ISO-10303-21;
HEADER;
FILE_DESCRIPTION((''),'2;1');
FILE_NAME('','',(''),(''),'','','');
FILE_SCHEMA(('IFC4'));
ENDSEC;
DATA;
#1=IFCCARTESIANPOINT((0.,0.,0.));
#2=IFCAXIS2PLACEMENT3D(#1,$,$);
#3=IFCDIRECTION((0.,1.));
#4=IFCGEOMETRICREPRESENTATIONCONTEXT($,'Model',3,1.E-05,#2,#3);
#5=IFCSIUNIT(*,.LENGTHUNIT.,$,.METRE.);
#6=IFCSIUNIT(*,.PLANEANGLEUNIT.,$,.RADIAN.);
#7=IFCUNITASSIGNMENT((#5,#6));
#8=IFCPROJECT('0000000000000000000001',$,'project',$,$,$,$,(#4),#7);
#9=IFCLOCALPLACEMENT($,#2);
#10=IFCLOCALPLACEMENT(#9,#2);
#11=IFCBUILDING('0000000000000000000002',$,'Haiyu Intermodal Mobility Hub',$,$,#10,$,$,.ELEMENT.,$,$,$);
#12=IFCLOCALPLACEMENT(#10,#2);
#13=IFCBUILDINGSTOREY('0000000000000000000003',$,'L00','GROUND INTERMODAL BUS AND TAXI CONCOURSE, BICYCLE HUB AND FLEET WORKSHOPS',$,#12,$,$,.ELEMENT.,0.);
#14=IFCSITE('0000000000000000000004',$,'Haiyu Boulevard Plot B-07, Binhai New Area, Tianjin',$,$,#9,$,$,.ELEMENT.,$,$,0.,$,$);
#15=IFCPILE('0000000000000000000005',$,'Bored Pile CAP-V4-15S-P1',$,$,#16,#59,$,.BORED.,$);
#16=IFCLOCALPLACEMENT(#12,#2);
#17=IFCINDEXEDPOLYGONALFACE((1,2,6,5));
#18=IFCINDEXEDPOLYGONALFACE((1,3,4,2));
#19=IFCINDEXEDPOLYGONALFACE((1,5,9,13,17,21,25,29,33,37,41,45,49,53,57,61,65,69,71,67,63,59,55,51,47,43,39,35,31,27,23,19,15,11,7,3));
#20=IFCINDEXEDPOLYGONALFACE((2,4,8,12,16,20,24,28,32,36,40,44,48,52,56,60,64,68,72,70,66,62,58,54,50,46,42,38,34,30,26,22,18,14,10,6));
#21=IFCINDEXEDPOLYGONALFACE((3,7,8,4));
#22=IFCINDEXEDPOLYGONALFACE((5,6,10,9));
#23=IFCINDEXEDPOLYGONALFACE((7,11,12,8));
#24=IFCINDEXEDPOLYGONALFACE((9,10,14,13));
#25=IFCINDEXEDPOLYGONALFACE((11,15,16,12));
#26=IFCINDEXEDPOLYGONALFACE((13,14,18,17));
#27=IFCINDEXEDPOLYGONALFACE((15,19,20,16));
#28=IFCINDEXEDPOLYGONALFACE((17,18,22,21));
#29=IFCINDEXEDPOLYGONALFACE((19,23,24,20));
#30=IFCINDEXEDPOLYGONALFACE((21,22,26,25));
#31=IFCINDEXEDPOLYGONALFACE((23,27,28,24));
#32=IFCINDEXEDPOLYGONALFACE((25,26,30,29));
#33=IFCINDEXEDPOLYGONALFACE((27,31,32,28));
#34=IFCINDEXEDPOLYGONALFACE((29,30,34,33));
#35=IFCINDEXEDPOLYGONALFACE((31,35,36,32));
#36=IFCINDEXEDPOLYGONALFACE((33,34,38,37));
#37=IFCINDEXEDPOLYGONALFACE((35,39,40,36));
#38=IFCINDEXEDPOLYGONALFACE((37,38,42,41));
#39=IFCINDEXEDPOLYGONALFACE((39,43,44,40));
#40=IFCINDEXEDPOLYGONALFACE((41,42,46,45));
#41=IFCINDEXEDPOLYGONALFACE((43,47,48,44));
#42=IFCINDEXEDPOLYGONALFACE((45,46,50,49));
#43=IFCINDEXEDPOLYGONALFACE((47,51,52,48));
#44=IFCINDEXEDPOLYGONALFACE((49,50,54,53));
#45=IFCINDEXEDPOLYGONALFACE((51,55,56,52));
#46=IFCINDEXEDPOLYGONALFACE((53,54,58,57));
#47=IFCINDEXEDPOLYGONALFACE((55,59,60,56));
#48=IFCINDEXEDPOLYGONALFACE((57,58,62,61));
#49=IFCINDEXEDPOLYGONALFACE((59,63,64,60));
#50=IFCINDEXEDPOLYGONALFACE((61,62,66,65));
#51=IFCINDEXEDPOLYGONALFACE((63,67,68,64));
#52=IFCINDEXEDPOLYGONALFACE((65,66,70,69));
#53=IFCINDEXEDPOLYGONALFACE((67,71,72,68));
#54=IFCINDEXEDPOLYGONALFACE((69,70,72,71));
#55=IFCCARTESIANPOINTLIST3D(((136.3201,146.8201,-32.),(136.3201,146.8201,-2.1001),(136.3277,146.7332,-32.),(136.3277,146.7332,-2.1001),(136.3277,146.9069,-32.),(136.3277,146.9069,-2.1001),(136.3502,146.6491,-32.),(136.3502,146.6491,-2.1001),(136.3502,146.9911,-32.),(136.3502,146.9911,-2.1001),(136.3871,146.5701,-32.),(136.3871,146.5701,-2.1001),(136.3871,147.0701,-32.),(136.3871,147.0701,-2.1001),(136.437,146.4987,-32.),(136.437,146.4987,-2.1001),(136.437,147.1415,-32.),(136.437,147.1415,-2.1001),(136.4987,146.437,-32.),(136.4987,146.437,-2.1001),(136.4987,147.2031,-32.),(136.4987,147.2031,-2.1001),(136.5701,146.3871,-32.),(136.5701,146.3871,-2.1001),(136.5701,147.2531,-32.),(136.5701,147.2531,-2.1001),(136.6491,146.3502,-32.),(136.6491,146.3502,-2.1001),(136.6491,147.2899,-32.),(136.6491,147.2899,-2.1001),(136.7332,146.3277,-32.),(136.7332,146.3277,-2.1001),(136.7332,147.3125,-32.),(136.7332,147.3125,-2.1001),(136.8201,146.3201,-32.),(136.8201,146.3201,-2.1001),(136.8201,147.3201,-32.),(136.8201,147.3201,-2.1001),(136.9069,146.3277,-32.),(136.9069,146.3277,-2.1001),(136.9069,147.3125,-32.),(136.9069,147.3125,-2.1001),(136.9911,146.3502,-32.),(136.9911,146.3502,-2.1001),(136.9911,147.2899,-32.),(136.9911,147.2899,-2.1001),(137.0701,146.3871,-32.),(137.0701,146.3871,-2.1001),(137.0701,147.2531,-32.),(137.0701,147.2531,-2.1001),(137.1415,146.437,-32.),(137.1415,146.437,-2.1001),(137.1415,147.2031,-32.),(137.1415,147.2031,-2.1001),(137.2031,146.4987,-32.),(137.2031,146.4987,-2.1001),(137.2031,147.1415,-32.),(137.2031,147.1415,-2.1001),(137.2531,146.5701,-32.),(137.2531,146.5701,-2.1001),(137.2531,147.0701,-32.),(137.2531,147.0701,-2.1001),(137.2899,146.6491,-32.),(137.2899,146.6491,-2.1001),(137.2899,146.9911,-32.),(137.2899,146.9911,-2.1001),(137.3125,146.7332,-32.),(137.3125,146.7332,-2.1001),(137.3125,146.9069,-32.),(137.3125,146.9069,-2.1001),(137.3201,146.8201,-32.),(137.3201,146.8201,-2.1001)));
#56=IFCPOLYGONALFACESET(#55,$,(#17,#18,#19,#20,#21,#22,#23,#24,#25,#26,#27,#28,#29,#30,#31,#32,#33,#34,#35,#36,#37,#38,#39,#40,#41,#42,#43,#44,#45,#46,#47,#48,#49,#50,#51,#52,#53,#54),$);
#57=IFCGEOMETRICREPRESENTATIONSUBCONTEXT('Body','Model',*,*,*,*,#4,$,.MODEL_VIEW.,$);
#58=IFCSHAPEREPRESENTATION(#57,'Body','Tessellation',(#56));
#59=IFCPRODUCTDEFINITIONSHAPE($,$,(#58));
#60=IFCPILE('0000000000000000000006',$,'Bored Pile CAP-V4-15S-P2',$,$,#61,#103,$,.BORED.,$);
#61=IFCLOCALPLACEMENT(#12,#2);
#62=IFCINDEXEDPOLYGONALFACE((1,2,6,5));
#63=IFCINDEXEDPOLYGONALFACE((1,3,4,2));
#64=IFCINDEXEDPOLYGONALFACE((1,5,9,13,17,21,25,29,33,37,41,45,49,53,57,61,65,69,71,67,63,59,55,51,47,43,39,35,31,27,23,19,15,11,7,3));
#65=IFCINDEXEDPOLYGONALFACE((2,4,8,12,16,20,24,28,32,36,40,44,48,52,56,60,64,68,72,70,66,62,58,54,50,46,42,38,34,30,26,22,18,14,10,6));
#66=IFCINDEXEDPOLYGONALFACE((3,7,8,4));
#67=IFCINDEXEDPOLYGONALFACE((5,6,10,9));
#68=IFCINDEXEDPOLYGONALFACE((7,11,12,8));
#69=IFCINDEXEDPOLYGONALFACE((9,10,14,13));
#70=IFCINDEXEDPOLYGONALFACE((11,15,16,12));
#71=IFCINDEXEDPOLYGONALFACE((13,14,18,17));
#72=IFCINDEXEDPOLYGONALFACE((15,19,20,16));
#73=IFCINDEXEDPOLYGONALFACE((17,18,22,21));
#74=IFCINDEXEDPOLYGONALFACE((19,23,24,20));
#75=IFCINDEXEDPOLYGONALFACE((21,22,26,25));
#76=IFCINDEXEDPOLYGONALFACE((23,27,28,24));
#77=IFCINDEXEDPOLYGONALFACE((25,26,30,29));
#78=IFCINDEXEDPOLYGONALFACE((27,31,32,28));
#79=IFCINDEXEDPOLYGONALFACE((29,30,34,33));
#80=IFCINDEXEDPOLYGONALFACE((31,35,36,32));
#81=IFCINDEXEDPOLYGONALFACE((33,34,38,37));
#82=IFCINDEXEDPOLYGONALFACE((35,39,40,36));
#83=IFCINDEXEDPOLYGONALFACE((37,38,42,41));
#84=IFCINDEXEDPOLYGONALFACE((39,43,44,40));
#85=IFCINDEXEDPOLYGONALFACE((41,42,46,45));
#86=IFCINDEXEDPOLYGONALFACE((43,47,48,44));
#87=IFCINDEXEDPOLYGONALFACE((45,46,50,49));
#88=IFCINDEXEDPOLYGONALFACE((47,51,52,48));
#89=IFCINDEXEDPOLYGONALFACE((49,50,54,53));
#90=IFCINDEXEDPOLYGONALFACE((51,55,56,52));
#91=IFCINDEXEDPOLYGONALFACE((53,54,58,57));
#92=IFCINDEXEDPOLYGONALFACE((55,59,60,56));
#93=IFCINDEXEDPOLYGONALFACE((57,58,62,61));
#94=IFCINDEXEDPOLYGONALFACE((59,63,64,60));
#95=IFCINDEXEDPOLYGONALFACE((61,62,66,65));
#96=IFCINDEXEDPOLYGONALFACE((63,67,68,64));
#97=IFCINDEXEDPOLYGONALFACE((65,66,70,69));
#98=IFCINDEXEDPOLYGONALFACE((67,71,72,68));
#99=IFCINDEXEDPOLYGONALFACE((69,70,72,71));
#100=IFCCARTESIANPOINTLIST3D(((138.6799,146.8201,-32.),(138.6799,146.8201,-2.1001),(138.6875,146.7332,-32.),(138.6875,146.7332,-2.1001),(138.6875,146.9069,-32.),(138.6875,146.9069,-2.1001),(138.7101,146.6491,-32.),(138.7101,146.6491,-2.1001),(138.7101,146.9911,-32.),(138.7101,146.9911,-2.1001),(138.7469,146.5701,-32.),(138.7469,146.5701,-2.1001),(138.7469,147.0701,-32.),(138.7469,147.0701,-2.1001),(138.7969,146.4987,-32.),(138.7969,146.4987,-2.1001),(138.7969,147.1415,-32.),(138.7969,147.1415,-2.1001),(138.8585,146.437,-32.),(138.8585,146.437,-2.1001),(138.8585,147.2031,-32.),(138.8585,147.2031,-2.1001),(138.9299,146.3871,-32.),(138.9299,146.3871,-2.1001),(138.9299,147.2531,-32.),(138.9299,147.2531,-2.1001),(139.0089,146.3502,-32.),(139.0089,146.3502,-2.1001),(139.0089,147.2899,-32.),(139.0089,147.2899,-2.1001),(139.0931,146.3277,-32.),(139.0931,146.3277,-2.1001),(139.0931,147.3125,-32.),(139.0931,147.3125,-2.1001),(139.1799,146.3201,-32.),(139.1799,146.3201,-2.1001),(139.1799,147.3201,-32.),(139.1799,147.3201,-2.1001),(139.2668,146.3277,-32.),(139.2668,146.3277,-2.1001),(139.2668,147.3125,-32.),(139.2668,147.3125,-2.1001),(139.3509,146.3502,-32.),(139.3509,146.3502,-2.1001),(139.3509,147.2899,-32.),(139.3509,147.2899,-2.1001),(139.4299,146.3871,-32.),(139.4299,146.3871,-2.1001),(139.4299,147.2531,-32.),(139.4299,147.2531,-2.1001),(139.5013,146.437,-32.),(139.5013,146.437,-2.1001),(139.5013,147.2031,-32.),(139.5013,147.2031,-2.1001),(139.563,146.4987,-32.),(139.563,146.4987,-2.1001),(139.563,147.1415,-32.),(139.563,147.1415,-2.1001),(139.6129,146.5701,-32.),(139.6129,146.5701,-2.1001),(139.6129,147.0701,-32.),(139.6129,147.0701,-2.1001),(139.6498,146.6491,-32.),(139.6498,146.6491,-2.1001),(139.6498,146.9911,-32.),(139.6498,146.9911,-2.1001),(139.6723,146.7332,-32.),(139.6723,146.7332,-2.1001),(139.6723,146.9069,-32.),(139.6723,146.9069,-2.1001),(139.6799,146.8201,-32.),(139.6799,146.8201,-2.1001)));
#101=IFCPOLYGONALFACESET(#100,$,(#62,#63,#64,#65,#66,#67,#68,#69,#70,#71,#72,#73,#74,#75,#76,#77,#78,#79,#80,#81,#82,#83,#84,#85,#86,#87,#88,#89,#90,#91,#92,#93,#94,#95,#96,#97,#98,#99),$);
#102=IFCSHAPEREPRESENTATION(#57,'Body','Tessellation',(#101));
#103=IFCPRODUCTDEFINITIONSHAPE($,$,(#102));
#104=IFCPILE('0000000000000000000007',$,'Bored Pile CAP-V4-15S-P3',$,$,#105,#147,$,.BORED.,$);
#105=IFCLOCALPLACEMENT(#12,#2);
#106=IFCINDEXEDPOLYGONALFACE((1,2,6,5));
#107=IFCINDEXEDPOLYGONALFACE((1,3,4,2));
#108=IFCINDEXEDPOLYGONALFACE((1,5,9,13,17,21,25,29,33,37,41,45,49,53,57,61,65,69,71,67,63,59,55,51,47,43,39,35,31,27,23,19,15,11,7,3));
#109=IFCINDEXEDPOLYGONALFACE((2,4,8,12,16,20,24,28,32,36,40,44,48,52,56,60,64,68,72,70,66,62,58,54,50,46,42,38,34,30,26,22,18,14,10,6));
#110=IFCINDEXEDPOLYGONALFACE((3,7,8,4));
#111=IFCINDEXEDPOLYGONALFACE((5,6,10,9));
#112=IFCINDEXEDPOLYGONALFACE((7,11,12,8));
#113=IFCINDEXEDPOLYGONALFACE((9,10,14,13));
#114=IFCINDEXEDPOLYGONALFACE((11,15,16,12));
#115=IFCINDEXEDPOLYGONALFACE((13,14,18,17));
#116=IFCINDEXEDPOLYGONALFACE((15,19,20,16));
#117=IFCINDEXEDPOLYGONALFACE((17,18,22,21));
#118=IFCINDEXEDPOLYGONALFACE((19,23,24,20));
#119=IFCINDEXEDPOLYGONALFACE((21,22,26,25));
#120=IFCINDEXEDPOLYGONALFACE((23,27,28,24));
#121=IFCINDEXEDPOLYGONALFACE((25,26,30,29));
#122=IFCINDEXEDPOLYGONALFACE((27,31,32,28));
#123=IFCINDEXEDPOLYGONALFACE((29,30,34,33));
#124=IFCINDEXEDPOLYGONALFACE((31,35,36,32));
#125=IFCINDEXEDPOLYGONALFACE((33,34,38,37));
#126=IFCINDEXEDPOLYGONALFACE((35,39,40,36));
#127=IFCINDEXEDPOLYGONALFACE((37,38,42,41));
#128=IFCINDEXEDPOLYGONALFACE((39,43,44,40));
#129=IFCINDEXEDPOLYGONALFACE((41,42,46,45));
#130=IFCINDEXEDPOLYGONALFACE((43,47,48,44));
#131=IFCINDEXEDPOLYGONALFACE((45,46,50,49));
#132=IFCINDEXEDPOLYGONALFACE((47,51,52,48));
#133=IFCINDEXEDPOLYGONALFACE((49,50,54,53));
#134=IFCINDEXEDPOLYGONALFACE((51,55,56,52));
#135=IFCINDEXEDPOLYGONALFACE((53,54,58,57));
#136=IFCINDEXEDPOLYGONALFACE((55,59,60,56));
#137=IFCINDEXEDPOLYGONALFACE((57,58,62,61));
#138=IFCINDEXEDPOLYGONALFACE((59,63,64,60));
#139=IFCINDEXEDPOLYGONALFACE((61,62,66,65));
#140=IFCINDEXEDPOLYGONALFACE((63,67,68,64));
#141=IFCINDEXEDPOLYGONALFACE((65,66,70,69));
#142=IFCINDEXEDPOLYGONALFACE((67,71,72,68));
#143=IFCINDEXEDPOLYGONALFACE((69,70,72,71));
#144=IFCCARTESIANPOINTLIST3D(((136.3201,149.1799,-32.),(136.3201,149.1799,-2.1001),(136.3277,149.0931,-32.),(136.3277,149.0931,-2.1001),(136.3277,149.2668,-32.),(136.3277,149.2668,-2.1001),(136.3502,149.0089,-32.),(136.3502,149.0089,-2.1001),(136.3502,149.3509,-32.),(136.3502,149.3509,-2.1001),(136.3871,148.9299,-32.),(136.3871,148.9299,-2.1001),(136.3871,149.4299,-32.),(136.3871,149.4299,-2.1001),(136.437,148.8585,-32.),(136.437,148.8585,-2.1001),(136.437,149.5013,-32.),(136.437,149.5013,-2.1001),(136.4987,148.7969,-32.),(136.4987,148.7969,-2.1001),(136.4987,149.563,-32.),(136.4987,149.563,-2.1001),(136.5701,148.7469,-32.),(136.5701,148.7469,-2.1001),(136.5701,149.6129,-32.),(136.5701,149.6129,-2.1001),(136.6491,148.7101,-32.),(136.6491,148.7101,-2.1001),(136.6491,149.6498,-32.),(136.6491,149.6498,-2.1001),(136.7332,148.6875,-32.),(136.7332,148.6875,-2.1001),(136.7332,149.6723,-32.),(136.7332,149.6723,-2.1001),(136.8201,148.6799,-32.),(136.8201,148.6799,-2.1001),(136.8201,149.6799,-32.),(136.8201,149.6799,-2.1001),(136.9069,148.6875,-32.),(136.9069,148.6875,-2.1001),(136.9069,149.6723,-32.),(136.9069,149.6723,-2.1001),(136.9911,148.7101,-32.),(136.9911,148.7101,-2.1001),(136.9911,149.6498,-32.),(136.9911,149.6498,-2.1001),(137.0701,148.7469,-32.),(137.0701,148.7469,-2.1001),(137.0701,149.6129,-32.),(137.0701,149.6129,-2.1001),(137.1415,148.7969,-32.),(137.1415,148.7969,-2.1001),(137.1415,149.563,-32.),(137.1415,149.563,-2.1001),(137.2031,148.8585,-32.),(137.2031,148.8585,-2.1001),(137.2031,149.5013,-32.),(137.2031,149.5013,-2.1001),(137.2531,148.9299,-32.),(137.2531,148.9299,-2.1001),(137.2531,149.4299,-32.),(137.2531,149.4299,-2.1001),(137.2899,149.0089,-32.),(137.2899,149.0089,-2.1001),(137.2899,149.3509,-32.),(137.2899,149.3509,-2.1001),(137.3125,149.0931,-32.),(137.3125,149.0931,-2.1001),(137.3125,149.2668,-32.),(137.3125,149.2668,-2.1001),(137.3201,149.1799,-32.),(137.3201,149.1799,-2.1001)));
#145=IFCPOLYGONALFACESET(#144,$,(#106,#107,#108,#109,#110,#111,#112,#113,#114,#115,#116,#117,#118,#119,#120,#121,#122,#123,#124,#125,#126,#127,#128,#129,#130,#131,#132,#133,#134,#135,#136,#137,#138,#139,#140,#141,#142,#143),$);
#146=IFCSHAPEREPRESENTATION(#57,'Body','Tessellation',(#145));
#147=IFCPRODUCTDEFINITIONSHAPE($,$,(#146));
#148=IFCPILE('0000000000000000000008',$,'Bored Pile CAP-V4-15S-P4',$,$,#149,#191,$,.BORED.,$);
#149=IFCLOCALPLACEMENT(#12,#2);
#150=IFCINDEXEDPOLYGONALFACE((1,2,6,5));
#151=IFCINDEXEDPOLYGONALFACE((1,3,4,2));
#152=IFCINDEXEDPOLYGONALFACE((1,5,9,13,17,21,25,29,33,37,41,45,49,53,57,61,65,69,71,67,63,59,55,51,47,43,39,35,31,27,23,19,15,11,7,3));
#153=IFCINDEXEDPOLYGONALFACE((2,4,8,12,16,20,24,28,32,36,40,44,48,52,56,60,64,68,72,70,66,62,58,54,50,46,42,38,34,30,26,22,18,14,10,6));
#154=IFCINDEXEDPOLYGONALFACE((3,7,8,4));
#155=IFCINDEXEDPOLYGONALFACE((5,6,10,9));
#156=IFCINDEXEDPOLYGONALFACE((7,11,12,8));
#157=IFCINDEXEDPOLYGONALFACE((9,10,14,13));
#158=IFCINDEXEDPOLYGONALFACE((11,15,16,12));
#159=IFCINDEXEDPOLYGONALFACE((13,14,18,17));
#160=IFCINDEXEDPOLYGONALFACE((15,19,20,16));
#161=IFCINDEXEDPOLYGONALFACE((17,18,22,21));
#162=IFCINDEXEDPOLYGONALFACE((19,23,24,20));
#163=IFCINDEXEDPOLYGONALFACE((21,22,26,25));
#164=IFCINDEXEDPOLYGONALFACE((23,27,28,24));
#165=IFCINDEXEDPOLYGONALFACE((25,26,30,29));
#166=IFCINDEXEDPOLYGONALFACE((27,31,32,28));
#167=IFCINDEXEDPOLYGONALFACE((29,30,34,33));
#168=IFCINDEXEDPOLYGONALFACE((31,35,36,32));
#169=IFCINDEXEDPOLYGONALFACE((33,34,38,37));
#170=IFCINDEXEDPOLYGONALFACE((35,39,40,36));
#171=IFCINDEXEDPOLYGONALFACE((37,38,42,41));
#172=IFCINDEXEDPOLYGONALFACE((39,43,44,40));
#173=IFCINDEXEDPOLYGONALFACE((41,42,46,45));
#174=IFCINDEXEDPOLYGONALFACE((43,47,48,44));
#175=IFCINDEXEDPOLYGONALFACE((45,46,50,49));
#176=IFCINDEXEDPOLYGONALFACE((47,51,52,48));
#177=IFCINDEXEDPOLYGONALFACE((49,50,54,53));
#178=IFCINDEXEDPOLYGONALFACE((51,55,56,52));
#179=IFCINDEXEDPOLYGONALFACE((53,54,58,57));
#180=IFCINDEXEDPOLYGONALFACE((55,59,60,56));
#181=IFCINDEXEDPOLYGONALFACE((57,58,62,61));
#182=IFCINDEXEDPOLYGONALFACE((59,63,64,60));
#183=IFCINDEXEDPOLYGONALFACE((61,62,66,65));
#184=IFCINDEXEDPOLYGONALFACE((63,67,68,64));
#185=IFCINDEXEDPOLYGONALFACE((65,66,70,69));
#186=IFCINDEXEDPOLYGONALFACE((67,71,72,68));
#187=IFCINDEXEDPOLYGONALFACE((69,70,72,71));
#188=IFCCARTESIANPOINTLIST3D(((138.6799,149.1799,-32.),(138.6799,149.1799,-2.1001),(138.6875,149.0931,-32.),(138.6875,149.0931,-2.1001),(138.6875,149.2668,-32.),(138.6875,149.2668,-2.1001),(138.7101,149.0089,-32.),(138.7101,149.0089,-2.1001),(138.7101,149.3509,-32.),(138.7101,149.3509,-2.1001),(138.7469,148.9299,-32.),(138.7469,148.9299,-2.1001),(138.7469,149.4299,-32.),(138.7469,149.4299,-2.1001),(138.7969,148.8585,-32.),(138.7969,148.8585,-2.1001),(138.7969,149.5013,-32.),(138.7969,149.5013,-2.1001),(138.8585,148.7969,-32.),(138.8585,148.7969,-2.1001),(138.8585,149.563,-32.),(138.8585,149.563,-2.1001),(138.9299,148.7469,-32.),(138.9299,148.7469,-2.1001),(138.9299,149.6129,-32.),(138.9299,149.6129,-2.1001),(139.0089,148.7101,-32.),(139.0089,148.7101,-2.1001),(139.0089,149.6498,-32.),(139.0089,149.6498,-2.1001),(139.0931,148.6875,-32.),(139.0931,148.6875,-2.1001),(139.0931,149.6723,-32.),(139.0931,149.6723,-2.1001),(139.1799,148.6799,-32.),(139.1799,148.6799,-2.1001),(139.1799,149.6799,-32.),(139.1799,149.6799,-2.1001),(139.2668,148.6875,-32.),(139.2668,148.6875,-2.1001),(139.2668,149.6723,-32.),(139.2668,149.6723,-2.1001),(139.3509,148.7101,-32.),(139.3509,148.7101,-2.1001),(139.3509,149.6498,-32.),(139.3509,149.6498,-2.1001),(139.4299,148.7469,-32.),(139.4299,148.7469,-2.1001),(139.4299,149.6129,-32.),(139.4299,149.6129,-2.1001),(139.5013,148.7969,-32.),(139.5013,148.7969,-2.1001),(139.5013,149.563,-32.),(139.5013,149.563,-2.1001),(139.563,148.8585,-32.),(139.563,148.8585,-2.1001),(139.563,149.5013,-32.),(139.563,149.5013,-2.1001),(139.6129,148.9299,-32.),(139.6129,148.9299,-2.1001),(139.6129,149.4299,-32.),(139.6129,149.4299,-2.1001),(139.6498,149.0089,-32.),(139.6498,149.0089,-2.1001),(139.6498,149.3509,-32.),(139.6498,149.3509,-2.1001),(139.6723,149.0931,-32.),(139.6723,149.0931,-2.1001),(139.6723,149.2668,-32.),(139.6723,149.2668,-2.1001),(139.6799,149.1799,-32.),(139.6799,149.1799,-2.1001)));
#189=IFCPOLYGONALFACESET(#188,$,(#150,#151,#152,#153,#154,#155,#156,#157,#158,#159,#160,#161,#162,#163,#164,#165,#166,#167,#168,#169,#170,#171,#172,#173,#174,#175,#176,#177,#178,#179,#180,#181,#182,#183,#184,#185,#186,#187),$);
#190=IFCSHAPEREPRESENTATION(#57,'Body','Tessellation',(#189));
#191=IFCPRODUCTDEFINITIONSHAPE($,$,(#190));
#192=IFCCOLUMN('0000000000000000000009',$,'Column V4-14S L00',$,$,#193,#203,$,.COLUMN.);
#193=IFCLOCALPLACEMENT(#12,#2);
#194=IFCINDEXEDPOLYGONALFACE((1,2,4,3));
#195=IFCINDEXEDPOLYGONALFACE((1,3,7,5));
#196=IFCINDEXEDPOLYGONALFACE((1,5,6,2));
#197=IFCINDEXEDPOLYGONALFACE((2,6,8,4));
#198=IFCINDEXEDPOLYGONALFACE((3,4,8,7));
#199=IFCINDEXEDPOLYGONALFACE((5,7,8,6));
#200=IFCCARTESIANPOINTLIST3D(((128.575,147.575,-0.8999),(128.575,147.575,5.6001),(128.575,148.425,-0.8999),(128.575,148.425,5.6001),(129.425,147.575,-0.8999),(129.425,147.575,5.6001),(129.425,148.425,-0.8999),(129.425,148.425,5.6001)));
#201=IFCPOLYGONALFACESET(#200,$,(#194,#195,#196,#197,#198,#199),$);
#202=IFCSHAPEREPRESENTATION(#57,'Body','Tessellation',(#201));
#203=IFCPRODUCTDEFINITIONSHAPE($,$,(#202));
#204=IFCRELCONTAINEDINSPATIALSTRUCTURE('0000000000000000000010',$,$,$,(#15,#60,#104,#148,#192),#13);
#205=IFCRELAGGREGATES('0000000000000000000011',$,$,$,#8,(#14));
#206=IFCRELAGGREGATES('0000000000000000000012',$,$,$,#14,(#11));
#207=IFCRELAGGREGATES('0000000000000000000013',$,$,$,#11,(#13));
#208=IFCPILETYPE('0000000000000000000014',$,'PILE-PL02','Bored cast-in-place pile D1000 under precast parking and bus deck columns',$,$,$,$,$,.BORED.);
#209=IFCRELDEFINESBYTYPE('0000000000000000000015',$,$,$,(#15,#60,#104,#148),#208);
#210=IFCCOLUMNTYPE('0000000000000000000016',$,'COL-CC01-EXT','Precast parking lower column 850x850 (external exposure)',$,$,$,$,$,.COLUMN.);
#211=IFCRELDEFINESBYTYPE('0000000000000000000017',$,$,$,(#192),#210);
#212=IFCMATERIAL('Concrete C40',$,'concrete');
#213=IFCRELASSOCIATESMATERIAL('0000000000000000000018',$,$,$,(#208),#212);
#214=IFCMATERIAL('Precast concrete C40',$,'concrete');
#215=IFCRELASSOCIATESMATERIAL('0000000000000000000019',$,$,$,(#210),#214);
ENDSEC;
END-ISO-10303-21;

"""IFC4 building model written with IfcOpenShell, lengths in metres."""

from ifc_helpers import new_model, si_unit, direction, frame, origin, origin_2d, place, context, subcontext, project, spatial, rectangle, circle, extrude, material, material_profile, profile_set, type_object, element, save


model = new_model("IFC4")

# Units and contexts
model_context = context("Model", 3, precision=1e-05, world=origin(), true_north=direction((0.0, 1.0)))
body_context = subcontext(model_context, "Body", "Model", "MODEL_VIEW")
ifc_project = project(units=[si_unit("LENGTHUNIT", "METRE"), si_unit("PLANEANGLEUNIT", "RADIAN")], contexts=[model_context])

# Site, building, storey
site_placement = place(None, origin())
site = spatial("IfcSite", under=ifc_project, at=site_placement, Name="Haiyu Boulevard Plot B-07, Binhai New Area, Tianjin", CompositionType="ELEMENT", RefElevation=0.0)
building_placement = place(site_placement, origin())
building = spatial("IfcBuilding", under=site, at=building_placement, Name="Haiyu Intermodal Mobility Hub", CompositionType="ELEMENT")
storey_placement = place(building_placement, origin())
storey = spatial("IfcBuildingStorey", under=building, at=storey_placement, Name="L00", Description="GROUND INTERMODAL BUS AND TAXI CONCOURSE, BICYCLE HUB AND FLEET WORKSHOPS", CompositionType="ELEMENT", Elevation=0.0)

# Shared definitions
ifc_material_1 = material(Name="Concrete C40", Category="concrete")

# Piles
ifc_material_profile_1 = material_profile(ifc_material_1, circle(Radius=0.5, at=origin_2d()), Name="PILE-D1000")
ifc_profile_set_1 = profile_set([ifc_material_profile_1], Name="Concrete C40")
pile_type = type_object("IfcPileType", Name="PILE-PL02", Description="Bored cast-in-place pile D1000 under precast parking and bus deck columns", PredefinedType="BORED", material=ifc_profile_set_1)
for number, where, z_axis, x_axis, name in (
    (1, (136.8201, 146.8201, -2.1001), (0.0, 0.0, -1.0), (1.0, 0.0, 0.0), "Bored Pile CAP-V4-15S-P1"),
    (2, (139.1799, 146.8201, -2.1001), (0.0, 0.0, -1.0), (1.0, 0.0, 0.0), "Bored Pile CAP-V4-15S-P2"),
    (3, (136.8201, 149.1799, -2.1001), (0.0, 0.0, -1.0), (1.0, 0.0, 0.0), "Bored Pile CAP-V4-15S-P3"),
    (4, (139.1799, 149.1799, -2.1001), (0.0, 0.0, -1.0), (1.0, 0.0, 0.0), "Bored Pile CAP-V4-15S-P4"),
):
    element("IfcPile", number, at=place(storey_placement, frame(where, z_axis=z_axis, x_axis=x_axis)), inside=storey, type_object=pile_type, Name=name, PredefinedType="BORED", context=body_context, shape_type="SweptSolid", body=[
        extrude(circle(Radius=0.5, at=origin_2d()), origin(), (0.0, 0.0, 1.0), 29.8999),
    ])

# Column
ifc_material_2 = material(Name="Precast concrete C40", Category="concrete")
ifc_material_profile_2 = material_profile(ifc_material_2, rectangle(XDim=0.8501, YDim=0.8501, at=origin_2d()), Name="RC850x850")
ifc_profile_set_2 = profile_set([ifc_material_profile_2], Name="Precast concrete C40")
column_type = type_object("IfcColumnType", Name="COL-CC01-EXT", Description="Precast parking lower column 850x850 (external exposure)", PredefinedType="COLUMN", material=ifc_profile_set_2)
for number, where, z_axis, x_axis, name in (
    (5, (129.0, 148.0, -0.8999), (0.0, 0.0, 1.0), (1.0, 0.0, 0.0), "Column V4-14S L00"),
):
    element("IfcColumn", number, at=place(storey_placement, frame(where, z_axis=z_axis, x_axis=x_axis)), inside=storey, type_object=column_type, Name=name, PredefinedType="COLUMN", context=body_context, shape_type="SweptSolid", body=[
        extrude(rectangle(XDim=0.8501, YDim=0.8501, at=origin_2d()), origin(), (0.0, 0.0, 1.0), 6.5),
    ])

save(model, "model.ifc")
